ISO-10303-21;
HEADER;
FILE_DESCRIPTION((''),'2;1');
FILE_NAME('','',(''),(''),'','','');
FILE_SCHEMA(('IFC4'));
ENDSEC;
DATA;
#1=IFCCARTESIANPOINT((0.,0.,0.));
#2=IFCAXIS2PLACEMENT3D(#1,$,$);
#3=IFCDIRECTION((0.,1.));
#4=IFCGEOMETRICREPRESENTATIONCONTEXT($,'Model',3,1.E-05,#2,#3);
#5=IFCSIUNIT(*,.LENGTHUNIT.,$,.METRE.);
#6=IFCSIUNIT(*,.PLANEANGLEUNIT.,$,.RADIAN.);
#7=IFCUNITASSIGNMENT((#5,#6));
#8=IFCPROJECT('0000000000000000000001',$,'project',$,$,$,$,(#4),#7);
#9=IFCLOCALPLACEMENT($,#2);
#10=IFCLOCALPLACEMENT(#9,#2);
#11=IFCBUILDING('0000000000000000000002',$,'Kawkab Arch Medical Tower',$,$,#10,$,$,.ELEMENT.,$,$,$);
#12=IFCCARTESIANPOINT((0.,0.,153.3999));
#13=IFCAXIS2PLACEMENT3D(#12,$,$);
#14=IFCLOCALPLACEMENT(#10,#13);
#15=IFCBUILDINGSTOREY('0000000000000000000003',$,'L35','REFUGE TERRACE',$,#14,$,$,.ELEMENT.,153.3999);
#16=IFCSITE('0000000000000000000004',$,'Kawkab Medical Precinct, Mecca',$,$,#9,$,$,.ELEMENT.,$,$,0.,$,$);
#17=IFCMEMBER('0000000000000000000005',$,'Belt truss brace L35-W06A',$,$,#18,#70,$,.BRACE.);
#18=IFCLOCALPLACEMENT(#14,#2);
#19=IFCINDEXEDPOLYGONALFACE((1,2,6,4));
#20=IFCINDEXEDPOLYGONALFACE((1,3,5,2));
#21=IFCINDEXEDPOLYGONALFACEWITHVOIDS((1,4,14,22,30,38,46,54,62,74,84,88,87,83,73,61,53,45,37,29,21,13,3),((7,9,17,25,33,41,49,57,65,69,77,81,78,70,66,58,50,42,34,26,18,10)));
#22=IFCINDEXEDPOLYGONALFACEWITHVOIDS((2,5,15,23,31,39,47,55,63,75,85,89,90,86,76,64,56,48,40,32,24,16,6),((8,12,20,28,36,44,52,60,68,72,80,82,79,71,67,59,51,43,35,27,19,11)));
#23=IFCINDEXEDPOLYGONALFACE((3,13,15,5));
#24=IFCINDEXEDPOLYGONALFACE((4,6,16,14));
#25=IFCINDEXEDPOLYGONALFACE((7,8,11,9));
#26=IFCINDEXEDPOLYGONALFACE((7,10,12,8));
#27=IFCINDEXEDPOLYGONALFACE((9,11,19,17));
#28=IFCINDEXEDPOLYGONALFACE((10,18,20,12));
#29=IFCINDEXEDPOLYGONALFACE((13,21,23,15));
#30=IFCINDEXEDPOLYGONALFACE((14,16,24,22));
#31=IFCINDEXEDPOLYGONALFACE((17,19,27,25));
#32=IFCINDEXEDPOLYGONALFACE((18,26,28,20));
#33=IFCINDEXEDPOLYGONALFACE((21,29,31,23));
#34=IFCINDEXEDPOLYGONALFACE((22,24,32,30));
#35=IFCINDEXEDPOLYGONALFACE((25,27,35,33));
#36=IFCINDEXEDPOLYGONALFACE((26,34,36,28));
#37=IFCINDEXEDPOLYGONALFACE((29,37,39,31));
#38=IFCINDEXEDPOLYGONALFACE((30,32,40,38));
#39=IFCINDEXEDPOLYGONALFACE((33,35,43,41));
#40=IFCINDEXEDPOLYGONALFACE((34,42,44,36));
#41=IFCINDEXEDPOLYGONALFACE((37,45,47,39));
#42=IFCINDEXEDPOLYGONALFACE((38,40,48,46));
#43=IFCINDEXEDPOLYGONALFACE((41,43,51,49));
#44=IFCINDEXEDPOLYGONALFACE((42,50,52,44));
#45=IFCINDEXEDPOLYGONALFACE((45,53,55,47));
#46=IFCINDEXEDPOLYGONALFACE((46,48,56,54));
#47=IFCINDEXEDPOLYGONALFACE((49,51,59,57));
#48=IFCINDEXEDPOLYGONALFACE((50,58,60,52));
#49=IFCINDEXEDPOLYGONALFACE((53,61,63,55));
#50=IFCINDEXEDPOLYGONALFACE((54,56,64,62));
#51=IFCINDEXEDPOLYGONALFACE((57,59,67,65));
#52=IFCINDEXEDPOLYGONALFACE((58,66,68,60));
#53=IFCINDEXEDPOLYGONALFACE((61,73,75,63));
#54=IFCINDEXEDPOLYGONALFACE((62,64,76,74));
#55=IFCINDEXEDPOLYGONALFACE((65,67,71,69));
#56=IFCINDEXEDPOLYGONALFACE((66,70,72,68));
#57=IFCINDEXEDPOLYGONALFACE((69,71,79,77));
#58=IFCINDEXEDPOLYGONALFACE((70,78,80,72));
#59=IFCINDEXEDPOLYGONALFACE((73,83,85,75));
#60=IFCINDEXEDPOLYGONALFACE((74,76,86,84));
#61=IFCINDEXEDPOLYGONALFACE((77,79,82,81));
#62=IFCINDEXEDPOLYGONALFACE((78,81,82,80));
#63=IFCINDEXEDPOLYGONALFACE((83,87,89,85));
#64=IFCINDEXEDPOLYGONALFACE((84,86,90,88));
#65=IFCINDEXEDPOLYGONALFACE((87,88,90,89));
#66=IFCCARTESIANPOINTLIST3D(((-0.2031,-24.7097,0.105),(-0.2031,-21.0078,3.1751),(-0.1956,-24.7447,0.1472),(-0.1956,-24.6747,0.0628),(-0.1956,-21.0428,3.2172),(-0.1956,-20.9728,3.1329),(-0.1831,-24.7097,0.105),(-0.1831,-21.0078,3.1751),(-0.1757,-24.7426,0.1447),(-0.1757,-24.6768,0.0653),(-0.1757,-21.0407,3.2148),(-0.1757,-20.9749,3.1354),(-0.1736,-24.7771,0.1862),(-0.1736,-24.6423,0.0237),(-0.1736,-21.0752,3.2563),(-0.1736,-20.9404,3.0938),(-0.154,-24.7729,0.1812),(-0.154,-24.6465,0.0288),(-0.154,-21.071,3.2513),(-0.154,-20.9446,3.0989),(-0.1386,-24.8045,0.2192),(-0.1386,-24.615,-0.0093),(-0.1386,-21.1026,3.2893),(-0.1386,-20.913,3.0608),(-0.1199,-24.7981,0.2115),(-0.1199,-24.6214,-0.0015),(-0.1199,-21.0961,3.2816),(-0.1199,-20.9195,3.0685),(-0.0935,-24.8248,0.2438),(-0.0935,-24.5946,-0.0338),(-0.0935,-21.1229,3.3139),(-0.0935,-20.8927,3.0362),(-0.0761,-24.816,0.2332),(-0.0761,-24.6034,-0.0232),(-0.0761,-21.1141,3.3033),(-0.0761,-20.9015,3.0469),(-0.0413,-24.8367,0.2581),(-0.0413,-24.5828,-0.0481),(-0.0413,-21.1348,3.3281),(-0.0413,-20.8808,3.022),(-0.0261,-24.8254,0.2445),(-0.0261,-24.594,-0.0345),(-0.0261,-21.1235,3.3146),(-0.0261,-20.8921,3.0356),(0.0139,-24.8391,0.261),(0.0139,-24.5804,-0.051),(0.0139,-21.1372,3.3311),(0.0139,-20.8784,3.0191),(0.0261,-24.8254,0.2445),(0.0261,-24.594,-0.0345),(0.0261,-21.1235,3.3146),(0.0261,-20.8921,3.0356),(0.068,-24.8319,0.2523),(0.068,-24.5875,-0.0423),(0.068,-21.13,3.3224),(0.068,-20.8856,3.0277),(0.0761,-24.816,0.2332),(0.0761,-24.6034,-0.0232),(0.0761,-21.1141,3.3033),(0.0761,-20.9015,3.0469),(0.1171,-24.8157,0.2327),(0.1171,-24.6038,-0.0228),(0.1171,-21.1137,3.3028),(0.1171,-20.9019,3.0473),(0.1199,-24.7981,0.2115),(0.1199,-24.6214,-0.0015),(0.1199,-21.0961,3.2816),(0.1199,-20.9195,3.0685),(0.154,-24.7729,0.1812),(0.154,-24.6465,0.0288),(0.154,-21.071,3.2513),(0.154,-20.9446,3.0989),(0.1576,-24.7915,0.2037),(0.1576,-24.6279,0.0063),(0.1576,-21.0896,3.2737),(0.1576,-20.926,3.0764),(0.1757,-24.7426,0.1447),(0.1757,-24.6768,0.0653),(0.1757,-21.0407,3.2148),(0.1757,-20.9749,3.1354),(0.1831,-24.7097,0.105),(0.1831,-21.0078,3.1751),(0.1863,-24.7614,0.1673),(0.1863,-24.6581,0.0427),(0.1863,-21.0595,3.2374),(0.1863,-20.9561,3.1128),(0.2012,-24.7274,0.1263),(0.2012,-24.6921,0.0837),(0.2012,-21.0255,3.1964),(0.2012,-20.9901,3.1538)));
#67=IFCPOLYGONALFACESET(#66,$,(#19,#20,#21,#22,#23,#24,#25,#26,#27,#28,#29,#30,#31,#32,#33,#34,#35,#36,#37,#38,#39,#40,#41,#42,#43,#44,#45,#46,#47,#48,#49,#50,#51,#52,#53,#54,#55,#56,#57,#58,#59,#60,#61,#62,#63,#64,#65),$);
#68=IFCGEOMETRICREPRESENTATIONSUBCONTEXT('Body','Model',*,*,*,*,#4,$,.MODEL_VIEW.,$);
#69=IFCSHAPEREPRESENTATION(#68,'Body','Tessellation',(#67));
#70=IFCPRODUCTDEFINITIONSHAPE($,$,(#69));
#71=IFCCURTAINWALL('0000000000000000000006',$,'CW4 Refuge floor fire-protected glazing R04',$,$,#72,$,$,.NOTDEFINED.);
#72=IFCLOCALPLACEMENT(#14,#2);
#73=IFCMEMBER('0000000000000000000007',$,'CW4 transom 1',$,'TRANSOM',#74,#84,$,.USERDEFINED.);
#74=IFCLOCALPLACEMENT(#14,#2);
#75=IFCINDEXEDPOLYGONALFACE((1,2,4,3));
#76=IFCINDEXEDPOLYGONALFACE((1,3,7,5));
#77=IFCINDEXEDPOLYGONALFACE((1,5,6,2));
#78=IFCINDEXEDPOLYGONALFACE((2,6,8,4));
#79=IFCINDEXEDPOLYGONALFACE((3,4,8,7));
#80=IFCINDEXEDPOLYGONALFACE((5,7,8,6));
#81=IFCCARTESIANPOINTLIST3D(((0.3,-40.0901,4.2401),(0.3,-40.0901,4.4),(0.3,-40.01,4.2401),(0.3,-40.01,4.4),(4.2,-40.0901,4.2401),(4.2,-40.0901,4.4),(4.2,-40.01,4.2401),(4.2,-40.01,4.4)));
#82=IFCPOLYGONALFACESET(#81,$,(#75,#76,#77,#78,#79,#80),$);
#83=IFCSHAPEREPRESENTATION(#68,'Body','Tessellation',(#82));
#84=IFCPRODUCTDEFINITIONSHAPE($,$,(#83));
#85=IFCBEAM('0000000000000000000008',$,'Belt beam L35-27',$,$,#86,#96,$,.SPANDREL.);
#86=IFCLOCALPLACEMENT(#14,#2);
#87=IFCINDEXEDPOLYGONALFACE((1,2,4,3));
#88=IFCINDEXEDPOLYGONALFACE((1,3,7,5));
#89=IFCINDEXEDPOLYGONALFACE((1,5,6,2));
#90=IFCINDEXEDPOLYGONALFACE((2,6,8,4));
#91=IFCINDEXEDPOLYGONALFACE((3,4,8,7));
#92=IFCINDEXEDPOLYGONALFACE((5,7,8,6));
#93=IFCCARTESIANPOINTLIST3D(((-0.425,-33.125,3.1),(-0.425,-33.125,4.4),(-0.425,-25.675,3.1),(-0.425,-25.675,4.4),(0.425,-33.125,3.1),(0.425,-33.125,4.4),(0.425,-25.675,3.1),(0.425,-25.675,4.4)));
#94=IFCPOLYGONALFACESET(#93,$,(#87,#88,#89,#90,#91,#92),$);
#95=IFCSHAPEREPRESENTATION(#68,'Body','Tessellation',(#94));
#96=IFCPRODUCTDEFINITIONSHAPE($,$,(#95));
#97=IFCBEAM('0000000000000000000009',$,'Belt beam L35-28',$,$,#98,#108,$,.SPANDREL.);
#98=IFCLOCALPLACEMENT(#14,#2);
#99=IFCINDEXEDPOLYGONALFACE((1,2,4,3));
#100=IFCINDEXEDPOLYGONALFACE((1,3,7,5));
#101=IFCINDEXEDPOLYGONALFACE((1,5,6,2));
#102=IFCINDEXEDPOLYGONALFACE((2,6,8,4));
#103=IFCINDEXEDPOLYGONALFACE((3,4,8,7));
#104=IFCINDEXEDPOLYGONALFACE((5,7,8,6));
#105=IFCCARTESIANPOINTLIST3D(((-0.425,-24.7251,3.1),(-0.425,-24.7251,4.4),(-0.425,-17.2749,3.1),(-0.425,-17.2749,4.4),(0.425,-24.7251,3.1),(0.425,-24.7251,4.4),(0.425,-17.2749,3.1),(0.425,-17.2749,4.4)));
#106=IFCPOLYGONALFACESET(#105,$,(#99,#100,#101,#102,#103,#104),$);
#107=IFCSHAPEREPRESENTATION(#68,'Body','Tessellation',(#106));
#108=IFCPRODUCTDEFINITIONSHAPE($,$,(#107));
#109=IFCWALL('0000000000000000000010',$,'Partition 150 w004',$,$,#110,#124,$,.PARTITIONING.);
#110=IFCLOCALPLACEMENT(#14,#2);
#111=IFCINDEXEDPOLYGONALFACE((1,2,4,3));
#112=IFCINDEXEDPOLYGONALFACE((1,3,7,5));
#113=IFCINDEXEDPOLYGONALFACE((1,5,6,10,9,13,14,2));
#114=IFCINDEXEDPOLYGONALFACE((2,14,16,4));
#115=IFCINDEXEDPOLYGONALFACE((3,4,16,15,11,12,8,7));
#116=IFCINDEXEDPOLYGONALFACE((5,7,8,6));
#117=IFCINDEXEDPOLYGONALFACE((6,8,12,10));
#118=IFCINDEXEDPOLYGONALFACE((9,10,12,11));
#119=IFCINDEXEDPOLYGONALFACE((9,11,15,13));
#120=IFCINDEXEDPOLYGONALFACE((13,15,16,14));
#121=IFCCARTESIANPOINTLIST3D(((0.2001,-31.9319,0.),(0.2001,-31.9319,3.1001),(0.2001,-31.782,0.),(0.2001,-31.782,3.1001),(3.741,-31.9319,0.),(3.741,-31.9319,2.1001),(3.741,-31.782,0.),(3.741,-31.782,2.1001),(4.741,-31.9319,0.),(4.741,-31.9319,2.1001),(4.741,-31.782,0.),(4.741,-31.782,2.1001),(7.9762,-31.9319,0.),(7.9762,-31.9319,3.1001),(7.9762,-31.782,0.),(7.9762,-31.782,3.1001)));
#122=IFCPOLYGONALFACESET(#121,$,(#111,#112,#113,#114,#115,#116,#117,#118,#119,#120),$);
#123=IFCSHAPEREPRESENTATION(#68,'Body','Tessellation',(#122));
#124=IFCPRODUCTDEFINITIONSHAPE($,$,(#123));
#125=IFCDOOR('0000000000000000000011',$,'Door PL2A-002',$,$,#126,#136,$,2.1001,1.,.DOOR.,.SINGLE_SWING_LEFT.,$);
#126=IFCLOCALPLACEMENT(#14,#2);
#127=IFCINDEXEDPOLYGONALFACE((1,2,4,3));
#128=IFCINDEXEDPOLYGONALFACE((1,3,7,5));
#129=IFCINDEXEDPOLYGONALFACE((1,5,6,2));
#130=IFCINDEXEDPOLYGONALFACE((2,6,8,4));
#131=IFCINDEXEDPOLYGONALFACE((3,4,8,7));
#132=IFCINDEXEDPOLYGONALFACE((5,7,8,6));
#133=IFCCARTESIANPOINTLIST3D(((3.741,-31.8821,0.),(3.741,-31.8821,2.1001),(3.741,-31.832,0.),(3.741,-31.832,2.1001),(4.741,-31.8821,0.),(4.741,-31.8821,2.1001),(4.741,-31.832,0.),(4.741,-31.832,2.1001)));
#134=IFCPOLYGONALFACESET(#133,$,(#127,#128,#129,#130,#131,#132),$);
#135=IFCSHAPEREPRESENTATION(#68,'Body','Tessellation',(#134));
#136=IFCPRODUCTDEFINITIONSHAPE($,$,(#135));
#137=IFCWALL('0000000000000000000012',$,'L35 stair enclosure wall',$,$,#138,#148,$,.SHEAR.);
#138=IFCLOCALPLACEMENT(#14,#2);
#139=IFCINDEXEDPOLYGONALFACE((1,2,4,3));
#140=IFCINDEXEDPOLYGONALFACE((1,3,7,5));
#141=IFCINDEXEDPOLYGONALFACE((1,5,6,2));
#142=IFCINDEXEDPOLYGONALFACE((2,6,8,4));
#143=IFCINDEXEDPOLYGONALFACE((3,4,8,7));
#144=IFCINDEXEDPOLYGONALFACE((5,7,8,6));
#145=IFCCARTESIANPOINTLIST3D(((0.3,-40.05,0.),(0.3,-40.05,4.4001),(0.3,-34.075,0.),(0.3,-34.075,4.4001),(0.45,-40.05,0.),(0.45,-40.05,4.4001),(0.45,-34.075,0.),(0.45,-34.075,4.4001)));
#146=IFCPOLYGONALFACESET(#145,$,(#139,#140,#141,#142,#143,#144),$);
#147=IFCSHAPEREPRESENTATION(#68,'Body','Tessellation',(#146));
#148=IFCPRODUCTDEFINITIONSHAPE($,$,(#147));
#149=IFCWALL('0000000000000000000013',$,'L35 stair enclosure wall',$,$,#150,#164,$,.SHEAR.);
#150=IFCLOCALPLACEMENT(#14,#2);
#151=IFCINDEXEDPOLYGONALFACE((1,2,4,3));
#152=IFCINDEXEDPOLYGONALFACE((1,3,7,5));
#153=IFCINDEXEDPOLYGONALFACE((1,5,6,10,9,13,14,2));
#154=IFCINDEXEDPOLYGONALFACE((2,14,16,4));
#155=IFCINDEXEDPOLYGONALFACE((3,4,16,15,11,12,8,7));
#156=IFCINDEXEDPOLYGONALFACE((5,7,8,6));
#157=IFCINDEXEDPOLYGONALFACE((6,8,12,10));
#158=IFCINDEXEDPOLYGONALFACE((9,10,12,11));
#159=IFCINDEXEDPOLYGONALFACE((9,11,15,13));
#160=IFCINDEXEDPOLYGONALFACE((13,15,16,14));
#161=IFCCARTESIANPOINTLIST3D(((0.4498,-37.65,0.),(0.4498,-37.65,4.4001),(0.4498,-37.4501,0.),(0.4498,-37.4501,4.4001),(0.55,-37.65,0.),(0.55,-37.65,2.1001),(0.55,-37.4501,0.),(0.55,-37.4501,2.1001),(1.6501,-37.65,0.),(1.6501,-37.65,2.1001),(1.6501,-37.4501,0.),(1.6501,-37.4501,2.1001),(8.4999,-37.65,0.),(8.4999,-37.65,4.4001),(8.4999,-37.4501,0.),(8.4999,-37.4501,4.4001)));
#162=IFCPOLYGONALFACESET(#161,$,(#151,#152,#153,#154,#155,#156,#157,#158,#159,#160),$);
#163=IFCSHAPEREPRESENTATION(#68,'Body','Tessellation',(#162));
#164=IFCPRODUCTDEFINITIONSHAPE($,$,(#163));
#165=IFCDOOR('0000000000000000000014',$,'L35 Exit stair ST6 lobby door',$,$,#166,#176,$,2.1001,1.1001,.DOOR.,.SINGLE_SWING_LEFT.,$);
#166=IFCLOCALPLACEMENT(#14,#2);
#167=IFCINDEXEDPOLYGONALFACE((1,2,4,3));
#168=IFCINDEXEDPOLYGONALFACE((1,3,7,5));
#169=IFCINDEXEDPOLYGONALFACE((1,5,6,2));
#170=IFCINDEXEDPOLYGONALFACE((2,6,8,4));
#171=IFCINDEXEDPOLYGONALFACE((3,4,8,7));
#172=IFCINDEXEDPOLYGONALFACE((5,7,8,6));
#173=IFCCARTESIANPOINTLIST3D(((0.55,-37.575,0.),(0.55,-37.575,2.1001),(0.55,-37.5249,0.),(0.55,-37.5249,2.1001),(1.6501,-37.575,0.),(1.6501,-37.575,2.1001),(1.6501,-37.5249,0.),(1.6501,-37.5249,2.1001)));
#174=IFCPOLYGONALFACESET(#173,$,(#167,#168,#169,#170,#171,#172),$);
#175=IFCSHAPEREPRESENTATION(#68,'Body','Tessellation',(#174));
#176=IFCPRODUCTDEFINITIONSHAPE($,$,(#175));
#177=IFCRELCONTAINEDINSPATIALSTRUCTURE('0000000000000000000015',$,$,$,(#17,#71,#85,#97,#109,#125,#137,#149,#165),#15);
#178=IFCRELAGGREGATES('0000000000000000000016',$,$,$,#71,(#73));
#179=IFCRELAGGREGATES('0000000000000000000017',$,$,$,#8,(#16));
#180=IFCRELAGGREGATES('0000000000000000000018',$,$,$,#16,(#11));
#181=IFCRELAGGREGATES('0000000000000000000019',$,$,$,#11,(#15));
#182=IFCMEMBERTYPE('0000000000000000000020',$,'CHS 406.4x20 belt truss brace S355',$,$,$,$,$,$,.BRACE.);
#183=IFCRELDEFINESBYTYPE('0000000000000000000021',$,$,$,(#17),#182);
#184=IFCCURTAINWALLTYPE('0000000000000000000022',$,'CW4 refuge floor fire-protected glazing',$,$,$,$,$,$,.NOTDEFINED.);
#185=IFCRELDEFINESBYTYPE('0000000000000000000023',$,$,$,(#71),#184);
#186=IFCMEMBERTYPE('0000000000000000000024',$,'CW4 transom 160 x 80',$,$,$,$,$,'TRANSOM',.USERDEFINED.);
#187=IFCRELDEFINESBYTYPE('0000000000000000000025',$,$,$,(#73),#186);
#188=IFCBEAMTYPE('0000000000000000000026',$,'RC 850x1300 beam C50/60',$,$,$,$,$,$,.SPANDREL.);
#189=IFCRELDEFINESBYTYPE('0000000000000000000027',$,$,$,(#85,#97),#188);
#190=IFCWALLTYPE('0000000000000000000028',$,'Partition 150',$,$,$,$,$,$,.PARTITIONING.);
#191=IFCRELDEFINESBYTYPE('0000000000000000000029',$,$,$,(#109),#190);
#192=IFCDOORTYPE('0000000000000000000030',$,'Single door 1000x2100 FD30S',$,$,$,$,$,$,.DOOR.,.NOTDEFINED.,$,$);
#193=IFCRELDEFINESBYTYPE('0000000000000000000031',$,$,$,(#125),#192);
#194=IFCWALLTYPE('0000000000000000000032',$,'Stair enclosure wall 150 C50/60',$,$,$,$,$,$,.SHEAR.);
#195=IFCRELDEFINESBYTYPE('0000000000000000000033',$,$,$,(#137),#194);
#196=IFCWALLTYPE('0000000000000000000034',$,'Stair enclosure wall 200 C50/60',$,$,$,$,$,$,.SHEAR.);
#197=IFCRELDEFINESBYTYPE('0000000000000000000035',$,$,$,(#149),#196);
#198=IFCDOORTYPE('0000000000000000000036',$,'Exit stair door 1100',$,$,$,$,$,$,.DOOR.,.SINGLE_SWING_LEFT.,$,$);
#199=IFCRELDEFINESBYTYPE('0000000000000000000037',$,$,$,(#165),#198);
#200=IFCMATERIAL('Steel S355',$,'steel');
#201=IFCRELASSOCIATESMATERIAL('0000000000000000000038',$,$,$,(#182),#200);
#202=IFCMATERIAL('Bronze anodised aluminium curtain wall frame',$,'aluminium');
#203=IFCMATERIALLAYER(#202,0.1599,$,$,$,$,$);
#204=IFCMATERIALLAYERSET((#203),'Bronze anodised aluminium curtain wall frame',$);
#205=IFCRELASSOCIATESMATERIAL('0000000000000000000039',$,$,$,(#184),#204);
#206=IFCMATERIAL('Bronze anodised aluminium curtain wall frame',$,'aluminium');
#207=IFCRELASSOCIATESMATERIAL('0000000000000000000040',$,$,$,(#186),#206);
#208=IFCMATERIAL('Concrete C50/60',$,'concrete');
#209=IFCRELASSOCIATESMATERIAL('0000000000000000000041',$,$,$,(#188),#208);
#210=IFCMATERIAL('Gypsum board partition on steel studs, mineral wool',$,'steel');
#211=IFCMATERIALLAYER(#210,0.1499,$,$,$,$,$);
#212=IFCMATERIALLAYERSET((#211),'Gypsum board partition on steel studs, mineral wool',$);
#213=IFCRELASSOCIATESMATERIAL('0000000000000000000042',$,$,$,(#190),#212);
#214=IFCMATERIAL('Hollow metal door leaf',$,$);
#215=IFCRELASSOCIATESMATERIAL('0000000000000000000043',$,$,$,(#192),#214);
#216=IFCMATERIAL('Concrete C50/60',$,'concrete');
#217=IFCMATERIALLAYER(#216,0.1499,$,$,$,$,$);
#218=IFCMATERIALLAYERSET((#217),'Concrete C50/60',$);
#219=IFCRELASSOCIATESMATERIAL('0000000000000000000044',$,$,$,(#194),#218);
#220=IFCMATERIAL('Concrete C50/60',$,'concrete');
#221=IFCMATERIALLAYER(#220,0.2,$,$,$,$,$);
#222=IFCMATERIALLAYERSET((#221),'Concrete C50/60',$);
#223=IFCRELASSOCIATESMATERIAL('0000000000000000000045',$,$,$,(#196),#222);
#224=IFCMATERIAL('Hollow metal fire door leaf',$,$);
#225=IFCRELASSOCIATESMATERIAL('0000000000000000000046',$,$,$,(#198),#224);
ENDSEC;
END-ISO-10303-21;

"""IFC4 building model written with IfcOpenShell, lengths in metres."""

from ifc_helpers import new_model, si_unit, direction, frame, frame_2d, origin, origin_2d, place, context, subcontext, project, spatial, rectangle, hollow_circle, extrude, material, layer, layer_set, material_profile, profile_set, type_object, element, fill, aggregate, save


model = new_model("IFC4")

# Units and contexts
model_context = context("Model", 3, precision=1e-05, world=origin(), true_north=direction((0.0, 1.0)))
body_context = subcontext(model_context, "Body", "Model", "MODEL_VIEW")
ifc_project = project(units=[si_unit("LENGTHUNIT", "METRE"), si_unit("PLANEANGLEUNIT", "RADIAN")], contexts=[model_context])

# Site, building, storey
site_placement = place(None, origin())
site = spatial("IfcSite", under=ifc_project, at=site_placement, Name="Kawkab Medical Precinct, Mecca", CompositionType="ELEMENT", RefElevation=0.0)
building_placement = place(site_placement, origin())
building = spatial("IfcBuilding", under=site, at=building_placement, Name="Kawkab Arch Medical Tower", CompositionType="ELEMENT")
storey_placement = place(building_placement, frame((0.0, 0.0, 153.3999)))
storey = spatial("IfcBuildingStorey", under=building, at=storey_placement, Name="L35", Description="REFUGE TERRACE", CompositionType="ELEMENT", Elevation=153.3999)

# Member
ifc_material_1 = material(Name="Steel S355", Category="steel")
ifc_material_profile_1 = material_profile(ifc_material_1, hollow_circle(Radius=0.2031, WallThickness=0.02, at=origin_2d()), Name="CHS 406.4x20")
ifc_profile_set_1 = profile_set([ifc_material_profile_1], Name="Steel S355")
member_type_1 = type_object("IfcMemberType", Name="CHS 406.4x20 belt truss brace S355", PredefinedType="BRACE", material=ifc_profile_set_1)
for number, where, z_axis, x_axis, name in (
    (1, (0.0, -24.7097, 0.105), (0.0, 0.769738, 0.63836), (-1.0, 0.0, 0.0), "Belt truss brace L35-W06A"),
):
    element("IfcMember", number, at=place(storey_placement, frame(where, z_axis=z_axis, x_axis=x_axis)), inside=storey, type_object=member_type_1, Name=name, PredefinedType="BRACE", context=body_context, shape_type="SweptSolid", body=[
        extrude(hollow_circle(Radius=0.2031, WallThickness=0.02, at=origin_2d()), origin(), (0.0, 0.0, 1.0), 4.8093),
    ])

# Curtain wall, member
ifc_material_2 = material(Name="Bronze anodised aluminium curtain wall frame", Category="aluminium")
ifc_layer_1 = layer(ifc_material_2, 0.1599)
ifc_layer_set_1 = layer_set([ifc_layer_1], Name="Bronze anodised aluminium curtain wall frame")
curtain_wall_type = type_object("IfcCurtainWallType", Name="CW4 refuge floor fire-protected glazing", PredefinedType="NOTDEFINED", material=ifc_layer_set_1)
curtain_wall_placement = place(storey_placement, origin())
curtain_wall = element("IfcCurtainWall", 2, at=curtain_wall_placement, inside=storey, type_object=curtain_wall_type, Name="CW4 Refuge floor fire-protected glazing R04", PredefinedType="NOTDEFINED")
ifc_material_3 = material(Name="Bronze anodised aluminium curtain wall frame", Category="aluminium")
ifc_material_profile_2 = material_profile(ifc_material_3, rectangle(XDim=0.0801, YDim=0.1599, at=origin_2d()), Name="AL 80x160")
ifc_profile_set_2 = profile_set([ifc_material_profile_2], Name="Bronze anodised aluminium curtain wall frame")
member_type_2 = type_object("IfcMemberType", Name="CW4 transom 160 x 80", ElementType="TRANSOM", PredefinedType="USERDEFINED", material=ifc_profile_set_2)
member_placement = place(storey_placement, frame((0.3, -40.05, 4.3201), z_axis=(1.0, 0.0, 0.0), x_axis=(0.0, 1.0, 0.0)))
member = element("IfcMember", 3, at=member_placement, type_object=member_type_2, Name="CW4 transom 1", ObjectType="TRANSOM", PredefinedType="USERDEFINED", context=body_context, shape_type="SweptSolid", body=[
    extrude(rectangle(XDim=0.0801, YDim=0.1599, at=origin_2d()), origin(), (0.0, 0.0, 1.0), 3.8999),
])
aggregate(curtain_wall, [member])

# Beams
ifc_material_4 = material(Name="Concrete C50/60", Category="concrete")
ifc_material_profile_3 = material_profile(ifc_material_4, rectangle(XDim=0.8501, YDim=1.3, at=origin_2d()), Name="RC 850x1300")
ifc_profile_set_3 = profile_set([ifc_material_profile_3], Name="Concrete C50/60")
beam_type = type_object("IfcBeamType", Name="RC 850x1300 beam C50/60", PredefinedType="SPANDREL", material=ifc_profile_set_3)
beam_1_placement = place(storey_placement, frame((0.0, -33.125, 3.75), z_axis=(0.0, 1.0, 0.0), x_axis=(-1.0, 0.0, 0.0)))
element("IfcBeam", 4, at=beam_1_placement, inside=storey, type_object=beam_type, Name="Belt beam L35-27", PredefinedType="SPANDREL", context=body_context, shape_type="SweptSolid", body=[
    extrude(rectangle(XDim=0.8501, YDim=1.3, at=origin_2d()), origin(), (0.0, 0.0, 1.0), 7.45),
])
beam_2_placement = place(storey_placement, frame((0.0, -24.7251, 3.75), z_axis=(0.0, 1.0, 0.0), x_axis=(-1.0, 0.0, 0.0)))
element("IfcBeam", 5, at=beam_2_placement, inside=storey, type_object=beam_type, Name="Belt beam L35-28", PredefinedType="SPANDREL", context=body_context, shape_type="SweptSolid", body=[
    extrude(rectangle(XDim=0.8501, YDim=1.3, at=origin_2d()), origin(), (0.0, 0.0, 1.0), 7.4502),
])

# Wall, opening, door
ifc_material_5 = material(Name="Gypsum board partition on steel studs, mineral wool", Category="steel")
ifc_layer_2 = layer(ifc_material_5, 0.1499)
ifc_layer_set_2 = layer_set([ifc_layer_2], Name="Gypsum board partition on steel studs, mineral wool")
wall_type_1 = type_object("IfcWallType", Name="Partition 150", PredefinedType="PARTITIONING", material=ifc_layer_set_2)
wall_1_placement = place(storey_placement, frame((0.2, -31.8569, 0.0), z_axis=(0.0, 0.0, 1.0), x_axis=(1.0, 0.0, 0.0)))
wall_1 = element("IfcWall", 6, at=wall_1_placement, inside=storey, type_object=wall_type_1, Name="Partition 150 w004", PredefinedType="PARTITIONING", context=body_context, shape_type="SweptSolid", body=[
    extrude(rectangle(XDim=7.7761, YDim=0.1499, at=frame_2d((3.8882, 0.0))), origin(), (0.0, 0.0, 1.0), 3.1001),
])
opening_1_placement = place(wall_1_placement, frame((3.541, 0.0, 0.0)))
opening_1 = element("IfcOpeningElement", 7, at=opening_1_placement, cuts=wall_1, PredefinedType="OPENING", context=body_context, shape_type="SweptSolid", body=[
    extrude(rectangle(XDim=1.0, YDim=2.1001, at=frame_2d((0.5, 1.05))), frame((0.0, 0.085, 0.0), z_axis=(0.0, -1.0, 0.0), x_axis=(1.0, 0.0, 0.0)), (0.0, 0.0, 1.0), 0.1699),
])
ifc_material_6 = material(Name="Hollow metal door leaf")
door_type_1 = type_object("IfcDoorType", Name="Single door 1000x2100 FD30S", OperationType="NOTDEFINED", PredefinedType="DOOR", material=ifc_material_6)
door_1_placement = place(opening_1_placement, origin())
door_1 = element("IfcDoor", 8, at=door_1_placement, inside=storey, type_object=door_type_1, Name="Door PL2A-002", OperationType="SINGLE_SWING_LEFT", OverallHeight=2.1001, OverallWidth=1.0, PredefinedType="DOOR", context=body_context, shape_type="SweptSolid", body=[
    extrude(rectangle(XDim=1.0, YDim=2.1001, at=frame_2d((0.5, 1.05))), frame((0.0, 0.0249, 0.0), z_axis=(0.0, -1.0, 0.0), x_axis=(1.0, 0.0, 0.0)), (0.0, 0.0, 1.0), 0.05),
])
fill(opening_1, door_1)

# Wall
ifc_material_7 = material(Name="Concrete C50/60", Category="concrete")
ifc_layer_3 = layer(ifc_material_7, 0.1499)
ifc_layer_set_3 = layer_set([ifc_layer_3], Name="Concrete C50/60")
wall_type_2 = type_object("IfcWallType", Name="Stair enclosure wall 150 C50/60", PredefinedType="SHEAR", material=ifc_layer_set_3)
wall_2_placement = place(storey_placement, frame((0.375, -40.05, 0.0), z_axis=(0.0, 0.0, 1.0), x_axis=(0.0, 1.0, 0.0)))
element("IfcWall", 9, at=wall_2_placement, inside=storey, type_object=wall_type_2, Name="L35 stair enclosure wall", PredefinedType="SHEAR", context=body_context, shape_type="SweptSolid", body=[
    extrude(rectangle(XDim=5.9751, YDim=0.1499, at=frame_2d((2.9875, 0.0))), origin(), (0.0, 0.0, 1.0), 4.4001),
])

# Wall, opening, door
ifc_material_8 = material(Name="Concrete C50/60", Category="concrete")
ifc_layer_4 = layer(ifc_material_8, 0.2)
ifc_layer_set_4 = layer_set([ifc_layer_4], Name="Concrete C50/60")
wall_type_3 = type_object("IfcWallType", Name="Stair enclosure wall 200 C50/60", PredefinedType="SHEAR", material=ifc_layer_set_4)
wall_3_placement = place(storey_placement, frame((0.45, -37.55, 0.0), z_axis=(0.0, 0.0, 1.0), x_axis=(1.0, 0.0, 0.0)))
wall_3 = element("IfcWall", 10, at=wall_3_placement, inside=storey, type_object=wall_type_3, Name="L35 stair enclosure wall", PredefinedType="SHEAR", context=body_context, shape_type="SweptSolid", body=[
    extrude(rectangle(XDim=8.05, YDim=0.2, at=frame_2d((4.0249, 0.0))), origin(), (0.0, 0.0, 1.0), 4.4001),
])
opening_2_placement = place(wall_3_placement, frame((0.1001, 0.0, 0.0)))
opening_2 = element("IfcOpeningElement", 11, at=opening_2_placement, cuts=wall_3, PredefinedType="OPENING", context=body_context, shape_type="SweptSolid", body=[
    extrude(rectangle(XDim=1.1001, YDim=2.1001, at=frame_2d((0.55, 1.05))), frame((0.0, 0.1099, 0.0), z_axis=(0.0, -1.0, 0.0), x_axis=(1.0, 0.0, 0.0)), (0.0, 0.0, 1.0), 0.22),
])
ifc_material_9 = material(Name="Hollow metal fire door leaf")
door_type_2 = type_object("IfcDoorType", Name="Exit stair door 1100", OperationType="SINGLE_SWING_LEFT", PredefinedType="DOOR", material=ifc_material_9)
door_2_placement = place(opening_2_placement, frame((1.1001, 0.0, 0.0), z_axis=(0.0, 0.0, 1.0), x_axis=(-1.0, 0.0, 0.0)))
door_2 = element("IfcDoor", 12, at=door_2_placement, inside=storey, type_object=door_type_2, Name="L35 Exit stair ST6 lobby door", OperationType="SINGLE_SWING_LEFT", OverallHeight=2.1001, OverallWidth=1.1001, PredefinedType="DOOR", context=body_context, shape_type="SweptSolid", body=[
    extrude(rectangle(XDim=1.1001, YDim=2.1001, at=frame_2d((0.55, 1.05))), frame((0.0, 0.0249, 0.0), z_axis=(0.0, -1.0, 0.0), x_axis=(1.0, 0.0, 0.0)), (0.0, 0.0, 1.0), 0.05),
])
fill(opening_2, door_2)

save(model, "model.ifc")
